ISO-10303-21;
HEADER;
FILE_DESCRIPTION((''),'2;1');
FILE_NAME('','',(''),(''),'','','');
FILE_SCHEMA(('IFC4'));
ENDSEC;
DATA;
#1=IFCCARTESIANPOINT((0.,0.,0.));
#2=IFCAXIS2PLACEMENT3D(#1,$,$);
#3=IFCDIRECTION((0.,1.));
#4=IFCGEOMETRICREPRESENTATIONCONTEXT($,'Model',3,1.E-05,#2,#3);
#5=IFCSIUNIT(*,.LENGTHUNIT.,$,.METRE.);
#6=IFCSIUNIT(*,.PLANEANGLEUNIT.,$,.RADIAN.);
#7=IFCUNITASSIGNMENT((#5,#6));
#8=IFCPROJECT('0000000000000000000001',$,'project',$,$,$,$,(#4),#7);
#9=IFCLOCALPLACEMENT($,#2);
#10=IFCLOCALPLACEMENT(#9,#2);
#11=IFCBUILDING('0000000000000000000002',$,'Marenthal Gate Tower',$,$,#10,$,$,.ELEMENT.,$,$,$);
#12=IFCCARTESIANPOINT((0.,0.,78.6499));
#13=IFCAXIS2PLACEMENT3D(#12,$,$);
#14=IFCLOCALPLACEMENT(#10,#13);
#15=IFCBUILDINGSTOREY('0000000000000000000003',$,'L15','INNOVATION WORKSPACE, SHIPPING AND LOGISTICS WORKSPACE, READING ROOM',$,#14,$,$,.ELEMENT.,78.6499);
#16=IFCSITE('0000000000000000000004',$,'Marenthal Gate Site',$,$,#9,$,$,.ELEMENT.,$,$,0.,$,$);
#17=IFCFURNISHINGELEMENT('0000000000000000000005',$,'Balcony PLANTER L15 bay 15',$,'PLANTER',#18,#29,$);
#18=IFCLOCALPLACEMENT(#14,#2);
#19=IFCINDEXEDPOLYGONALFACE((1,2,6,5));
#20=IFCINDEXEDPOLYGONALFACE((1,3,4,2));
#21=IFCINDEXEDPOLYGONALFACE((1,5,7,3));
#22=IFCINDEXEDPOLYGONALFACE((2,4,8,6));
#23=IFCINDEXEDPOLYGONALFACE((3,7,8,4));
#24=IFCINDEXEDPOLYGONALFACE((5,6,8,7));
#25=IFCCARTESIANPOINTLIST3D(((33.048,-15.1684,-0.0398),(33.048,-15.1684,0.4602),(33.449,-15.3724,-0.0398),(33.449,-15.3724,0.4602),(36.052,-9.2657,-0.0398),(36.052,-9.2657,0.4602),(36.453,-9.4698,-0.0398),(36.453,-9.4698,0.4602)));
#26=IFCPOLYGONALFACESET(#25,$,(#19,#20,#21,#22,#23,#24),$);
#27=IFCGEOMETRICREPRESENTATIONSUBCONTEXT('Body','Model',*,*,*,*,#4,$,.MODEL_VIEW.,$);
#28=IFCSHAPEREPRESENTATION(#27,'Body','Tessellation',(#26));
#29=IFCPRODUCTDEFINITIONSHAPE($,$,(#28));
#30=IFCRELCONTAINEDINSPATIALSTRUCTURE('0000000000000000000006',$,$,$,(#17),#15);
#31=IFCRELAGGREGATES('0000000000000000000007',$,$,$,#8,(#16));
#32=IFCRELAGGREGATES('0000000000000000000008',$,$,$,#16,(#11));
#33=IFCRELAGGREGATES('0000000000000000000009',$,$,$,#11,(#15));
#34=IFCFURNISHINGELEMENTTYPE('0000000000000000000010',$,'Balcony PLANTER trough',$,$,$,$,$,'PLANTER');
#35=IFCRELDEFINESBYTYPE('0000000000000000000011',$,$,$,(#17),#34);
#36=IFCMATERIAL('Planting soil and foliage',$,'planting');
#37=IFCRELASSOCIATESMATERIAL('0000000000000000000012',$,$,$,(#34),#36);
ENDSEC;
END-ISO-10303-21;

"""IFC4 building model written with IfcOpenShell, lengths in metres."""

from ifc_helpers import new_model, si_unit, direction, frame, origin, origin_2d, place, context, subcontext, project, spatial, rectangle, extrude, material, type_object, element, save


model = new_model("IFC4")

# Units and contexts
model_context = context("Model", 3, precision=1e-05, world=origin(), true_north=direction((0.0, 1.0)))
body_context = subcontext(model_context, "Body", "Model", "MODEL_VIEW")
ifc_project = project(units=[si_unit("LENGTHUNIT", "METRE"), si_unit("PLANEANGLEUNIT", "RADIAN")], contexts=[model_context])

# Site, building, storey
site_placement = place(None, origin())
site = spatial("IfcSite", under=ifc_project, at=site_placement, Name="Marenthal Gate Site", CompositionType="ELEMENT", RefElevation=0.0)
building_placement = place(site_placement, origin())
building = spatial("IfcBuilding", under=site, at=building_placement, Name="Marenthal Gate Tower", CompositionType="ELEMENT")
storey_placement = place(building_placement, frame((0.0, 0.0, 78.6499)))
storey = spatial("IfcBuildingStorey", under=building, at=storey_placement, Name="L15", Description="INNOVATION WORKSPACE, SHIPPING AND LOGISTICS WORKSPACE, READING ROOM", CompositionType="ELEMENT", Elevation=78.6499)

# Furnishing element
ifc_material_1 = material(Name="Planting soil and foliage", Category="planting")
furnishing_element_type = type_object("IfcFurnishingElementType", Name="Balcony PLANTER trough", ElementType="PLANTER", material=ifc_material_1)
furnishing_placement = place(storey_placement, frame((34.7505, -12.3191, -0.0398), z_axis=(0.0, 0.0, 1.0), x_axis=(0.453561, 0.891225, 0.0)))
element("IfcFurnishingElement", 1, at=furnishing_placement, inside=storey, type_object=furnishing_element_type, Name="Balcony PLANTER L15 bay 15", ObjectType="PLANTER", context=body_context, shape_type="SweptSolid", body=[
    extrude(rectangle(XDim=6.623, YDim=0.45, at=origin_2d()), origin(), (0.0, 0.0, 1.0), 0.5),
])

save(model, "model.ifc")
